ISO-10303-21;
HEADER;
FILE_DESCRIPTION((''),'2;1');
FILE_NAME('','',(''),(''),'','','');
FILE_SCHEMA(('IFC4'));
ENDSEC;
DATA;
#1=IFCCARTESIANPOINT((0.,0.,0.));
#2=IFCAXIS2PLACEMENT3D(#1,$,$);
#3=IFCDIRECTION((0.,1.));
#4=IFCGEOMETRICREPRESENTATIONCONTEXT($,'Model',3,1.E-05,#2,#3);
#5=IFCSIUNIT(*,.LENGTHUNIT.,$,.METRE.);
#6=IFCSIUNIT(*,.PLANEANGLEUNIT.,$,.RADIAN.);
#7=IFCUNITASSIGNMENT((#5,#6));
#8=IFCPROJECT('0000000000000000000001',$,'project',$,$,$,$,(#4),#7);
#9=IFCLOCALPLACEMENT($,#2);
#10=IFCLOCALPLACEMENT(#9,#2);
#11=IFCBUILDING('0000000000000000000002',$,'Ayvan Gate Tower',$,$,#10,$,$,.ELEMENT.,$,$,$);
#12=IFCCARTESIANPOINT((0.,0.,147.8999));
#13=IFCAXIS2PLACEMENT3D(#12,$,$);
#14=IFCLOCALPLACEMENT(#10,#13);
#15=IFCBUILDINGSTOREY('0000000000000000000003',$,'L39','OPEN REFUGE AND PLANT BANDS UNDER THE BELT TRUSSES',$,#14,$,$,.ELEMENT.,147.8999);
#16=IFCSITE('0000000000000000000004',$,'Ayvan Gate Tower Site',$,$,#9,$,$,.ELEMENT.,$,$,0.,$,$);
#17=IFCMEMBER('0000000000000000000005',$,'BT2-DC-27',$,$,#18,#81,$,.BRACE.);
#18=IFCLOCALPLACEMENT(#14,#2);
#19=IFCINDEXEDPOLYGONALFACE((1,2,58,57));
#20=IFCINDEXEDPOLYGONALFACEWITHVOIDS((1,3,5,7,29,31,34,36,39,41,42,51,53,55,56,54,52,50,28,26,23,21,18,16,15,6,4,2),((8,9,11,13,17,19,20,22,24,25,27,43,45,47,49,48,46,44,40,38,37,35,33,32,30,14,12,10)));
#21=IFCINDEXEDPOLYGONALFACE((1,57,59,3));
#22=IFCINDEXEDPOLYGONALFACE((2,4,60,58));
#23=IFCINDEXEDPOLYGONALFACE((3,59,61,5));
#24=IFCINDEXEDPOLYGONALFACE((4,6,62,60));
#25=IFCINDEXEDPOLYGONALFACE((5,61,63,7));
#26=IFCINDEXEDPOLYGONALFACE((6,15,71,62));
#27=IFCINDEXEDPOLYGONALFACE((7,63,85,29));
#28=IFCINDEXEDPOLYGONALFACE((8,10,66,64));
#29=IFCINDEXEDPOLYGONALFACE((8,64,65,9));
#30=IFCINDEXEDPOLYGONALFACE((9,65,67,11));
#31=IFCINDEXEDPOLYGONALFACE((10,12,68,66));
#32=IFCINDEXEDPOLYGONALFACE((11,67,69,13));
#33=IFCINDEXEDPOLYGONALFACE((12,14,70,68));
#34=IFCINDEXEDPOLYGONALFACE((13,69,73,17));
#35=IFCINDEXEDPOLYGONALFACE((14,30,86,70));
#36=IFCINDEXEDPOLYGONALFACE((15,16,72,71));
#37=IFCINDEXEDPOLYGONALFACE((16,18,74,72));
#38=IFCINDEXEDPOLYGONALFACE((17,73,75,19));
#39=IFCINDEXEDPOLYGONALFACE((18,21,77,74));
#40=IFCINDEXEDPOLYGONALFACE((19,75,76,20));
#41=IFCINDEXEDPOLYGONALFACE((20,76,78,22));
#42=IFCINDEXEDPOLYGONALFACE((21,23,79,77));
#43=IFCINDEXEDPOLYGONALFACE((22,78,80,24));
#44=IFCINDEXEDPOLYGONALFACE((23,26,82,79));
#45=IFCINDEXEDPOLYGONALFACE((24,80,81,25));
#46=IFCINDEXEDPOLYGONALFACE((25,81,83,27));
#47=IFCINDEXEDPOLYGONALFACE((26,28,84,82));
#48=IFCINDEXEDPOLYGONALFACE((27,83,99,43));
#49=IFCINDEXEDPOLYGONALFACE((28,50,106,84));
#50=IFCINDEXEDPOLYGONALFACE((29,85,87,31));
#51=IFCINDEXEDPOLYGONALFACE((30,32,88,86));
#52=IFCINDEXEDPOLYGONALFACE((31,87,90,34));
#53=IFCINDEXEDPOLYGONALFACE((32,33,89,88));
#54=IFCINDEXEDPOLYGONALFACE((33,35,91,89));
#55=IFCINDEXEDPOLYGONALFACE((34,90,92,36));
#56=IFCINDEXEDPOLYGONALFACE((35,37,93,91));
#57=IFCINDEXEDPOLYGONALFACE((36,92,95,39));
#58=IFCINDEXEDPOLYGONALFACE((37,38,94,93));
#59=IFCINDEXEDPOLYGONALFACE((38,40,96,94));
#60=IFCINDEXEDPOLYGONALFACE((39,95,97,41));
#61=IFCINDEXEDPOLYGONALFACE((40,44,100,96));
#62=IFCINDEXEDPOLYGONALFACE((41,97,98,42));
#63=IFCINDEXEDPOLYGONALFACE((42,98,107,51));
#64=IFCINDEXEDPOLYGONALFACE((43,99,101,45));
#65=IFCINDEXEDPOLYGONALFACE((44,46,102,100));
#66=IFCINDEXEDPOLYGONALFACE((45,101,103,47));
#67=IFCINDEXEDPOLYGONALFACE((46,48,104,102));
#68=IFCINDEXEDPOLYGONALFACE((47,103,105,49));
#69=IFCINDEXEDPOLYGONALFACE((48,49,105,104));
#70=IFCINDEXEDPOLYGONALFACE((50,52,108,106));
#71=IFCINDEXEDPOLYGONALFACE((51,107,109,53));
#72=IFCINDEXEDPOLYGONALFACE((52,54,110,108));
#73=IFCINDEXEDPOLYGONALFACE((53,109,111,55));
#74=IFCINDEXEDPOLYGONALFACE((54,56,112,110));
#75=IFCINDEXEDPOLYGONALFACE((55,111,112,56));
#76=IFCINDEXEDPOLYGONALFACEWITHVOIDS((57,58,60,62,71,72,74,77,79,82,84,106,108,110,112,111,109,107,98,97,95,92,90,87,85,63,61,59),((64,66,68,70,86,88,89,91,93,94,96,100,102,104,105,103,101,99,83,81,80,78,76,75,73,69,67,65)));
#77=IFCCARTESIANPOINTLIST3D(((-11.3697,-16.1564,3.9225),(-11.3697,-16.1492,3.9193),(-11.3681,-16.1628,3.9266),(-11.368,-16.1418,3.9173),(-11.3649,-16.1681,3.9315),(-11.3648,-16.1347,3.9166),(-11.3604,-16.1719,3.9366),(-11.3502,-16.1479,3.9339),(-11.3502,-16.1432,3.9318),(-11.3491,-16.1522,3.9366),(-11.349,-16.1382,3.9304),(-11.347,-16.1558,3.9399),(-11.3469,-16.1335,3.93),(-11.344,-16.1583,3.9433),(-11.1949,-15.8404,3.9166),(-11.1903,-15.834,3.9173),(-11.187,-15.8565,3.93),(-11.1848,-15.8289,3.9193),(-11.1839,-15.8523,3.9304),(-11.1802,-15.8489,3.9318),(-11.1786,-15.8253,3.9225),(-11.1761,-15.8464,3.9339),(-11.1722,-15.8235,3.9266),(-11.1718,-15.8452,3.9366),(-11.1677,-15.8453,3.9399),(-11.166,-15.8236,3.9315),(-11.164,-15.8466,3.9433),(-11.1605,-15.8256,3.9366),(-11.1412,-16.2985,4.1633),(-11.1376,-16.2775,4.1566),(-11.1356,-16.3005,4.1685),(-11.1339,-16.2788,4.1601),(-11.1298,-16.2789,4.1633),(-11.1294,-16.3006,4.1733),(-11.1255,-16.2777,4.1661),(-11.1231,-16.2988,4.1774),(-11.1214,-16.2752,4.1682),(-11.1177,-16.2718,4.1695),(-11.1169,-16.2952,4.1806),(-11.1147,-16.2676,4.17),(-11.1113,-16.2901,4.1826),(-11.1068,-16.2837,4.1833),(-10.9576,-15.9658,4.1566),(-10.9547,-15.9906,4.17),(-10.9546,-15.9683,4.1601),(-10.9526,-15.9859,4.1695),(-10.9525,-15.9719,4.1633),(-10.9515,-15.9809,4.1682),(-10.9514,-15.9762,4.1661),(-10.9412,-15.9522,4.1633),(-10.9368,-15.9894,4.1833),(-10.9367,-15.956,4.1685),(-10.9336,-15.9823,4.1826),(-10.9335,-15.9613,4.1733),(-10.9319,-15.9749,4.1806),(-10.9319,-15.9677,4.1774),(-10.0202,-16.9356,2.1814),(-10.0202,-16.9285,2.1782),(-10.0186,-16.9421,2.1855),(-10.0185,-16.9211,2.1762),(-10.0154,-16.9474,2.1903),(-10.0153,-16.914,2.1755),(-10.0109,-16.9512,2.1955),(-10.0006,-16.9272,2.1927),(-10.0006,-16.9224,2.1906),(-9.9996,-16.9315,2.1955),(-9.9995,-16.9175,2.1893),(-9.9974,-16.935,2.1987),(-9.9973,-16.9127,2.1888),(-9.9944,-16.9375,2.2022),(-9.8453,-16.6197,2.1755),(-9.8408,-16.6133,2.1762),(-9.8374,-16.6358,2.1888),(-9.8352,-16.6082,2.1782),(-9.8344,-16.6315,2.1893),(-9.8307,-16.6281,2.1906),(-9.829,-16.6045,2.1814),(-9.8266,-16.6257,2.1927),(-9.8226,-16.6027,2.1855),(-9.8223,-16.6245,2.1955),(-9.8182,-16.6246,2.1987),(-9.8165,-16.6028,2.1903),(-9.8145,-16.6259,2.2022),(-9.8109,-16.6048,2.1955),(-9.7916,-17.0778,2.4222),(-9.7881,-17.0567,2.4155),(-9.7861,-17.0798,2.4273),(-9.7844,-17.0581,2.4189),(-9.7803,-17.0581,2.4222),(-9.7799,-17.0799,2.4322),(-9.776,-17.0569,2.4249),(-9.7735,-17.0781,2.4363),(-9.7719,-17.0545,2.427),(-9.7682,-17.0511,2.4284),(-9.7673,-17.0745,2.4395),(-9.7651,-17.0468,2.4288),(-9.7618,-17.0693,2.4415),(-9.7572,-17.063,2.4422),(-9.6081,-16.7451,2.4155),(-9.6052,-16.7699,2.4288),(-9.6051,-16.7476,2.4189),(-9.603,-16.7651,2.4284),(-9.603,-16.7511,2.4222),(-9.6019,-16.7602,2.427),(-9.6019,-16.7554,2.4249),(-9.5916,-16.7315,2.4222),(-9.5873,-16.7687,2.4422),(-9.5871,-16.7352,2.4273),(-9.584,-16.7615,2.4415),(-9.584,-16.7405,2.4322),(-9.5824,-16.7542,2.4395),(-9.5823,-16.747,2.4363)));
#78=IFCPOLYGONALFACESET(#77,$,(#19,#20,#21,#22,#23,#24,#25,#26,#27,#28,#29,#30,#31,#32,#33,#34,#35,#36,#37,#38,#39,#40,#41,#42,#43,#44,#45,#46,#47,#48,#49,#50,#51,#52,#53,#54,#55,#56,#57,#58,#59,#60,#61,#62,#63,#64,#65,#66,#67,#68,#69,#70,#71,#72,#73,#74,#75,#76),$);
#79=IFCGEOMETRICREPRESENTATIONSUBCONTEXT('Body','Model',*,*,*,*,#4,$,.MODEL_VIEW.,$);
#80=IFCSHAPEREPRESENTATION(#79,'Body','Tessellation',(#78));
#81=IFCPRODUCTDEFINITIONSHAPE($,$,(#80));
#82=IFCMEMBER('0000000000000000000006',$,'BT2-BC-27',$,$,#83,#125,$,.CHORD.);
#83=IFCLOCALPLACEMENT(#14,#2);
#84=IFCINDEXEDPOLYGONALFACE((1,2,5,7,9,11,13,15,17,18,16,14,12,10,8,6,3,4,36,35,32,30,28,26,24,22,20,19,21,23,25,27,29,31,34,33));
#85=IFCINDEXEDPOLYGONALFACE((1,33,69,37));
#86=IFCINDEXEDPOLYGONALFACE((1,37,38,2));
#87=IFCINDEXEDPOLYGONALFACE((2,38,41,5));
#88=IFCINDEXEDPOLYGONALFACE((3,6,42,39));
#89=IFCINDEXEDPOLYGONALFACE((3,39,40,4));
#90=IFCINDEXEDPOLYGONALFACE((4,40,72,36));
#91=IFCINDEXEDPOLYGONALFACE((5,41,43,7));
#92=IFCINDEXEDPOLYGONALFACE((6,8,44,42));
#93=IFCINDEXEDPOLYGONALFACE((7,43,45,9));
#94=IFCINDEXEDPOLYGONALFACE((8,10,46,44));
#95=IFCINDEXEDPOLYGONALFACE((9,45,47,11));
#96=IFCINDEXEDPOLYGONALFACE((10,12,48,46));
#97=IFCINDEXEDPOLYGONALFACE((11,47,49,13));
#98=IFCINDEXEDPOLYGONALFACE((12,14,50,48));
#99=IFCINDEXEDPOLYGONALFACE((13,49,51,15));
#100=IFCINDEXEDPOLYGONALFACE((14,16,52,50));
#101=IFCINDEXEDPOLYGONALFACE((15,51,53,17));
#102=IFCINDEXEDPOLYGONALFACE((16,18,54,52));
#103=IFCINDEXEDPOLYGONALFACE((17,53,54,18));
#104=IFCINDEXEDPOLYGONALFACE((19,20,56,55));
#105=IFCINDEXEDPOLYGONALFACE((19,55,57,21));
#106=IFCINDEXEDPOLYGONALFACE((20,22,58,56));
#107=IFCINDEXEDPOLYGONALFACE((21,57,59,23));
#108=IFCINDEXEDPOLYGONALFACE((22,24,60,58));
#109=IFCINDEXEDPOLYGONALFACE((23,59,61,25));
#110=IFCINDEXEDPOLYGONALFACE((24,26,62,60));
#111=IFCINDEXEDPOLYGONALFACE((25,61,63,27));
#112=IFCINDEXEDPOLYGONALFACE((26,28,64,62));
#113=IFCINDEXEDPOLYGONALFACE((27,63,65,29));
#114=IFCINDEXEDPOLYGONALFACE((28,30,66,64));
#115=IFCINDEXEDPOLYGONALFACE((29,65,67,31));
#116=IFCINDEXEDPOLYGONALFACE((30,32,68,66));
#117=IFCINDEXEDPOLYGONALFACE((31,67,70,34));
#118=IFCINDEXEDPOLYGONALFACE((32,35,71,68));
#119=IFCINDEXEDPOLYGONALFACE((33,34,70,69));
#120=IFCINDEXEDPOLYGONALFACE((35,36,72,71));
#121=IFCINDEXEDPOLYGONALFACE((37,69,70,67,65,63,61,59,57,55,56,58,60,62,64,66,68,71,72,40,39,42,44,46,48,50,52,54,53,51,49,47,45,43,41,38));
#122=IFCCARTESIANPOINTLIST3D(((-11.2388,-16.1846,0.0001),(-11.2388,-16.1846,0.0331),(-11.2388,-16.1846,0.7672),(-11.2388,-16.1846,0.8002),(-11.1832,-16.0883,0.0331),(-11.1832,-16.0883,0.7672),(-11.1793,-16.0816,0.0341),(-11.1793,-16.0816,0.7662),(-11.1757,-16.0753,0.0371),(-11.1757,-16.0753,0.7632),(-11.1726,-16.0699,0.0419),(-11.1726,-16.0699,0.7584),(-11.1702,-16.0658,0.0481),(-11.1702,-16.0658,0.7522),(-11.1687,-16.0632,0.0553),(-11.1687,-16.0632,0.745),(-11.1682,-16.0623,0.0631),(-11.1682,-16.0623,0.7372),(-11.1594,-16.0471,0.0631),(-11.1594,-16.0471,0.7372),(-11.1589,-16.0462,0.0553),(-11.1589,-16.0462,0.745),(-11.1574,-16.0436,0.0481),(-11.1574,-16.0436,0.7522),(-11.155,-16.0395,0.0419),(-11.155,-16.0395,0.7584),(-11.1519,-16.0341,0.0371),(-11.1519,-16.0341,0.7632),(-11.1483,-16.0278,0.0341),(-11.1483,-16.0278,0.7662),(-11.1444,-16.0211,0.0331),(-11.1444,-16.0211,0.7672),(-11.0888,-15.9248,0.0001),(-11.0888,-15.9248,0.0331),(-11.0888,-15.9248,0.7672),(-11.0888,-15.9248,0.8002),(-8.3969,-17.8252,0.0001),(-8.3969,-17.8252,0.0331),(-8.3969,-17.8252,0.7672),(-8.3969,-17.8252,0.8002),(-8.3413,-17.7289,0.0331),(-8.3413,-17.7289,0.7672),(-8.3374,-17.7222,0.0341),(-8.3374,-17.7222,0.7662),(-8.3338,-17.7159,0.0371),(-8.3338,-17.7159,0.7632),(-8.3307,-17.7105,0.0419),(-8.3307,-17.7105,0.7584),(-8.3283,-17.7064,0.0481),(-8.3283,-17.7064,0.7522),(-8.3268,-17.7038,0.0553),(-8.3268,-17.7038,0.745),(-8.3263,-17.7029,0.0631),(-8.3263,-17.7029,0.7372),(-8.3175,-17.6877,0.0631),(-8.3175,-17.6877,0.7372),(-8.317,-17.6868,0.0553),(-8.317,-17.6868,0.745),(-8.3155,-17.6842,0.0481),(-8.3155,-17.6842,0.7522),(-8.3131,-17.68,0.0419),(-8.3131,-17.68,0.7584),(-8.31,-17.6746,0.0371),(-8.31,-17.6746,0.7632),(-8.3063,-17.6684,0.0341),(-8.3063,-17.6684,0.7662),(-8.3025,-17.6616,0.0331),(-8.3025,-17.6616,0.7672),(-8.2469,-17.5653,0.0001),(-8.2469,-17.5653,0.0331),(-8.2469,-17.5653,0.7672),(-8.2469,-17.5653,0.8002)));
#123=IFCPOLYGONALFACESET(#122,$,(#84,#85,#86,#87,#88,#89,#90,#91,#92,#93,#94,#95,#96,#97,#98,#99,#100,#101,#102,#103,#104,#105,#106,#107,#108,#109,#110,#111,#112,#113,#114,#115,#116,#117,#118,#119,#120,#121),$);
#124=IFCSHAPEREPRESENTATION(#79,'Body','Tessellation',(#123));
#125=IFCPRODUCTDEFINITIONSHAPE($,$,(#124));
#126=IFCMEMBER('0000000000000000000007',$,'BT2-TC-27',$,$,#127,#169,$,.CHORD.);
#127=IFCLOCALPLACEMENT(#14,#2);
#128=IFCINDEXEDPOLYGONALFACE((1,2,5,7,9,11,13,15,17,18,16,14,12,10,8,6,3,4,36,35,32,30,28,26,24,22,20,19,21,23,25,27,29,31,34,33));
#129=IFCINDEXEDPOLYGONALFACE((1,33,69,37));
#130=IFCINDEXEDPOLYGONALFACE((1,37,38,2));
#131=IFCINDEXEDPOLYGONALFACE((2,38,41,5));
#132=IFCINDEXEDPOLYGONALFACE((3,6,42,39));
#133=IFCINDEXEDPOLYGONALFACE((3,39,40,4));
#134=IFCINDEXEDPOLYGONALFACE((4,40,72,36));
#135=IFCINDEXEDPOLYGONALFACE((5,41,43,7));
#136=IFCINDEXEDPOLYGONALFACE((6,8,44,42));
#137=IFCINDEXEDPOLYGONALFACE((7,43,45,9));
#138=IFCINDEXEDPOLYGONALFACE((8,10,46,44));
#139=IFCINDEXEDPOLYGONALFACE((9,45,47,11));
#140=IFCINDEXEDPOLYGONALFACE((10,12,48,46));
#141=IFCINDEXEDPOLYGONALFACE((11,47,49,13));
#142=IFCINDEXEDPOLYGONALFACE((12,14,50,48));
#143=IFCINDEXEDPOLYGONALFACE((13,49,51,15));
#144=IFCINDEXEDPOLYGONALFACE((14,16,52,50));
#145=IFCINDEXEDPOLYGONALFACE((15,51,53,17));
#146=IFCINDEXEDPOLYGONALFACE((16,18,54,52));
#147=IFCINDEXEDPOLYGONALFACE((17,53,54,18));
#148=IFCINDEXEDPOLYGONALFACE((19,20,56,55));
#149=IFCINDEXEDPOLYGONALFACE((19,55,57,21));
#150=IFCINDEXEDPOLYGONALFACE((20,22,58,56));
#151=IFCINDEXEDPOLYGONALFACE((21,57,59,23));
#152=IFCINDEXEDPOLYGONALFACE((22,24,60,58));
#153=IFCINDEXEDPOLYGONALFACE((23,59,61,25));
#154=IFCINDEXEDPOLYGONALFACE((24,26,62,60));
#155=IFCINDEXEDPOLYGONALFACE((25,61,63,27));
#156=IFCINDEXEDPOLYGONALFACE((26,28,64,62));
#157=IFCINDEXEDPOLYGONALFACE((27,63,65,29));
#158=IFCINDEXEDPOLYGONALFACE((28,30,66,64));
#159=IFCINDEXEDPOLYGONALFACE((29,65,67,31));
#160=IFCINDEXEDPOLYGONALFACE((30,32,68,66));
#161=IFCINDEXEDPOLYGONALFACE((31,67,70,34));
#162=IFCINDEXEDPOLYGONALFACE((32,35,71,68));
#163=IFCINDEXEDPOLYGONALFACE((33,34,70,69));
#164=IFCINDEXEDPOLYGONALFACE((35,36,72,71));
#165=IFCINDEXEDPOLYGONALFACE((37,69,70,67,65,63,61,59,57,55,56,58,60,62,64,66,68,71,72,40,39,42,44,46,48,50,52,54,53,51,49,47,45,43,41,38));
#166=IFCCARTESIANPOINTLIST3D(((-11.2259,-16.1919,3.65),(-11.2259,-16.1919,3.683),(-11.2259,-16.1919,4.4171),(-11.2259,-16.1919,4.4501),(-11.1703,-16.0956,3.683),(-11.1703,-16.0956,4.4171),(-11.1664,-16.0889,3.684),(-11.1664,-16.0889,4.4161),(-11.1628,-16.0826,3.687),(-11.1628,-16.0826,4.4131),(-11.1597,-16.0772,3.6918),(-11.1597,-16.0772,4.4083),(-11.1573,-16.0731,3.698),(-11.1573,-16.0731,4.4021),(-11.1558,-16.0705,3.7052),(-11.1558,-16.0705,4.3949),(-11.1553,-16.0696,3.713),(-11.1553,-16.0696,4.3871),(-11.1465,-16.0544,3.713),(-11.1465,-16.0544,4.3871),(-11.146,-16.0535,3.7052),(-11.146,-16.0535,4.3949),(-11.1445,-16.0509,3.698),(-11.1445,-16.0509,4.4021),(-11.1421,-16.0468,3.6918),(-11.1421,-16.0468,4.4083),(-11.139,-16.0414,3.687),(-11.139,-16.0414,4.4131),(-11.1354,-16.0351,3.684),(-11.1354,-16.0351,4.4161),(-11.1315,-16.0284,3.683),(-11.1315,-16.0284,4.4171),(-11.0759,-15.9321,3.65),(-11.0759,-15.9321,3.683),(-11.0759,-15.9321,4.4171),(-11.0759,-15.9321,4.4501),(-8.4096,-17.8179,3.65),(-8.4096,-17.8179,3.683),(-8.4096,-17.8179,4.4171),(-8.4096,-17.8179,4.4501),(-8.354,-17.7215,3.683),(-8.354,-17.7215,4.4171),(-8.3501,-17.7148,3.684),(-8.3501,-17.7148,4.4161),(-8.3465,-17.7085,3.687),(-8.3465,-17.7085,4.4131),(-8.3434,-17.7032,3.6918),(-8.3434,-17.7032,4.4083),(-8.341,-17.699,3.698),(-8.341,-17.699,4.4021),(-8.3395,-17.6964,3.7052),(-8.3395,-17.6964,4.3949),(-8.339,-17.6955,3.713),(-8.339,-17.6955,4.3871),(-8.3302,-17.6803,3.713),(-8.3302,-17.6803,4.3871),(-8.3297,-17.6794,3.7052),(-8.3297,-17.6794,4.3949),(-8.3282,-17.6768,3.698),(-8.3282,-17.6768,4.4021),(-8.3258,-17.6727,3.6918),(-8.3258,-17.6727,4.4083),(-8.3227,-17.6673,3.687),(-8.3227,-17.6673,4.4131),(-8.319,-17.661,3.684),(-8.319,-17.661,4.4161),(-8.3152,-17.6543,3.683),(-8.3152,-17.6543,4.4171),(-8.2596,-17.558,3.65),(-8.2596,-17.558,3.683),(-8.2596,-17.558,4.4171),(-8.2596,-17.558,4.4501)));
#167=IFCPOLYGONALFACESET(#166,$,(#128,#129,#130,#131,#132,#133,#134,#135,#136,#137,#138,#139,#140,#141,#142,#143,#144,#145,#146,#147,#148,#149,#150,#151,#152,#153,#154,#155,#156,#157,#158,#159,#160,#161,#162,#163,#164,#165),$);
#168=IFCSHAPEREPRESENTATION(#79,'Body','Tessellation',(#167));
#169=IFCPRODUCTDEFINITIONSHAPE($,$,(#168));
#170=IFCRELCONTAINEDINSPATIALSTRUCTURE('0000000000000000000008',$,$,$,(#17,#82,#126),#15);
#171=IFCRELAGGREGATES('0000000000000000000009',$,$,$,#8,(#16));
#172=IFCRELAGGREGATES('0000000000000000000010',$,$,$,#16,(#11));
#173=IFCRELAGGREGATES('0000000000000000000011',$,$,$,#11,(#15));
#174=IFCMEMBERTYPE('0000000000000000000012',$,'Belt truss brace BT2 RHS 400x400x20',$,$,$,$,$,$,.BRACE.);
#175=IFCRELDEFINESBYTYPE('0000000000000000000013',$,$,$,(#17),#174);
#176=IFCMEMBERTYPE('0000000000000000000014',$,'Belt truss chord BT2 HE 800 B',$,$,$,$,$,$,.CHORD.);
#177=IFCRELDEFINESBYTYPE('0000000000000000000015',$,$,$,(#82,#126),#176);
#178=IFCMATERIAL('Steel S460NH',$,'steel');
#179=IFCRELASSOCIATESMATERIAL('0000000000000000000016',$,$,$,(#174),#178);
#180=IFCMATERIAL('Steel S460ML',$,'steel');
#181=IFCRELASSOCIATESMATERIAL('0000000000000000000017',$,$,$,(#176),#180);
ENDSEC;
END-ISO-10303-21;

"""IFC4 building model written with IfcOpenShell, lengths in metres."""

from ifc_helpers import new_model, si_unit, direction, frame, origin, origin_2d, place, context, subcontext, project, spatial, hollow_rectangle, i_section, extrude, material, material_profile, profile_set, type_object, element, save


model = new_model("IFC4")

# Units and contexts
model_context = context("Model", 3, precision=1e-05, world=origin(), true_north=direction((0.0, 1.0)))
body_context = subcontext(model_context, "Body", "Model", "MODEL_VIEW")
ifc_project = project(units=[si_unit("LENGTHUNIT", "METRE"), si_unit("PLANEANGLEUNIT", "RADIAN")], contexts=[model_context])

# Site, building, storey
site_placement = place(None, origin())
site = spatial("IfcSite", under=ifc_project, at=site_placement, Name="Ayvan Gate Tower Site", CompositionType="ELEMENT", RefElevation=0.0)
building_placement = place(site_placement, origin())
building = spatial("IfcBuilding", under=site, at=building_placement, Name="Ayvan Gate Tower", CompositionType="ELEMENT")
storey_placement = place(building_placement, frame((0.0, 0.0, 147.8999)))
storey = spatial("IfcBuildingStorey", under=building, at=storey_placement, Name="L39", Description="OPEN REFUGE AND PLANT BANDS UNDER THE BELT TRUSSES", CompositionType="ELEMENT", Elevation=147.8999)

# Members
ifc_material_1 = material(Name="Steel S460NH", Category="steel")
ifc_material_profile_1 = material_profile(ifc_material_1, hollow_rectangle(XDim=0.3999, YDim=0.3999, WallThickness=0.02, InnerFilletRadius=0.02, OuterFilletRadius=0.03, at=origin_2d()), Name="RHS 400x400x20")
ifc_profile_set_1 = profile_set([ifc_material_profile_1], Name="Steel S460NH")
member_type_1 = type_object("IfcMemberType", Name="Belt truss brace BT2 RHS 400x400x20", PredefinedType="BRACE", material=ifc_profile_set_1)
member_1_placement = place(storey_placement, frame((-9.8013, -16.8413, 2.3088), z_axis=(-0.57755, 0.333491, 0.745131), x_axis=(-0.500048, -0.865998, 0.0)))
element("IfcMember", 1, at=member_1_placement, inside=storey, type_object=member_type_1, Name="BT2-DC-27", PredefinedType="BRACE", context=body_context, shape_type="SweptSolid", body=[
    extrude(hollow_rectangle(XDim=0.3999, YDim=0.3999, WallThickness=0.02, InnerFilletRadius=0.02, OuterFilletRadius=0.03, at=origin_2d()), origin(), (0.0, 0.0, 1.0), 2.3367),
])
ifc_material_2 = material(Name="Steel S460ML", Category="steel")
ifc_material_profile_2 = material_profile(ifc_material_2, i_section(OverallWidth=0.3, OverallDepth=0.8, WebThickness=0.0176, FlangeThickness=0.033, FilletRadius=0.03, at=origin_2d()), Name="HE 800 B")
ifc_profile_set_2 = profile_set([ifc_material_profile_2], Name="Steel S460ML")
member_type_2 = type_object("IfcMemberType", Name="Belt truss chord BT2 HE 800 B", PredefinedType="CHORD", material=ifc_profile_set_2)
member_2_placement = place(storey_placement, frame((-11.1638, -16.0547, 0.4001), z_axis=(0.866056, -0.499948, 0.0), x_axis=(0.499948, 0.866056, 0.0)))
element("IfcMember", 2, at=member_2_placement, inside=storey, type_object=member_type_2, Name="BT2-BC-27", PredefinedType="CHORD", context=body_context, shape_type="SweptSolid", body=[
    extrude(i_section(OverallWidth=0.3, OverallDepth=0.8, WebThickness=0.0176, FlangeThickness=0.033, FilletRadius=0.03, at=origin_2d()), origin(), (0.0, 0.0, 1.0), 3.2815),
])
for number, where, z_axis, x_axis, name in (
    (3, (-11.1509, -16.062, 4.05), (0.866036, -0.499982, 0.0), (0.499982, 0.866036, 0.0), "BT2-TC-27"),
):
    element("IfcMember", number, at=place(storey_placement, frame(where, z_axis=z_axis, x_axis=x_axis)), inside=storey, type_object=member_type_2, Name=name, PredefinedType="CHORD", context=body_context, shape_type="SweptSolid", body=[
        extrude(i_section(OverallWidth=0.3, OverallDepth=0.8, WebThickness=0.0176, FlangeThickness=0.033, FilletRadius=0.03, at=origin_2d()), origin(), (0.0, 0.0, 1.0), 3.252),
    ])

save(model, "model.ifc")
